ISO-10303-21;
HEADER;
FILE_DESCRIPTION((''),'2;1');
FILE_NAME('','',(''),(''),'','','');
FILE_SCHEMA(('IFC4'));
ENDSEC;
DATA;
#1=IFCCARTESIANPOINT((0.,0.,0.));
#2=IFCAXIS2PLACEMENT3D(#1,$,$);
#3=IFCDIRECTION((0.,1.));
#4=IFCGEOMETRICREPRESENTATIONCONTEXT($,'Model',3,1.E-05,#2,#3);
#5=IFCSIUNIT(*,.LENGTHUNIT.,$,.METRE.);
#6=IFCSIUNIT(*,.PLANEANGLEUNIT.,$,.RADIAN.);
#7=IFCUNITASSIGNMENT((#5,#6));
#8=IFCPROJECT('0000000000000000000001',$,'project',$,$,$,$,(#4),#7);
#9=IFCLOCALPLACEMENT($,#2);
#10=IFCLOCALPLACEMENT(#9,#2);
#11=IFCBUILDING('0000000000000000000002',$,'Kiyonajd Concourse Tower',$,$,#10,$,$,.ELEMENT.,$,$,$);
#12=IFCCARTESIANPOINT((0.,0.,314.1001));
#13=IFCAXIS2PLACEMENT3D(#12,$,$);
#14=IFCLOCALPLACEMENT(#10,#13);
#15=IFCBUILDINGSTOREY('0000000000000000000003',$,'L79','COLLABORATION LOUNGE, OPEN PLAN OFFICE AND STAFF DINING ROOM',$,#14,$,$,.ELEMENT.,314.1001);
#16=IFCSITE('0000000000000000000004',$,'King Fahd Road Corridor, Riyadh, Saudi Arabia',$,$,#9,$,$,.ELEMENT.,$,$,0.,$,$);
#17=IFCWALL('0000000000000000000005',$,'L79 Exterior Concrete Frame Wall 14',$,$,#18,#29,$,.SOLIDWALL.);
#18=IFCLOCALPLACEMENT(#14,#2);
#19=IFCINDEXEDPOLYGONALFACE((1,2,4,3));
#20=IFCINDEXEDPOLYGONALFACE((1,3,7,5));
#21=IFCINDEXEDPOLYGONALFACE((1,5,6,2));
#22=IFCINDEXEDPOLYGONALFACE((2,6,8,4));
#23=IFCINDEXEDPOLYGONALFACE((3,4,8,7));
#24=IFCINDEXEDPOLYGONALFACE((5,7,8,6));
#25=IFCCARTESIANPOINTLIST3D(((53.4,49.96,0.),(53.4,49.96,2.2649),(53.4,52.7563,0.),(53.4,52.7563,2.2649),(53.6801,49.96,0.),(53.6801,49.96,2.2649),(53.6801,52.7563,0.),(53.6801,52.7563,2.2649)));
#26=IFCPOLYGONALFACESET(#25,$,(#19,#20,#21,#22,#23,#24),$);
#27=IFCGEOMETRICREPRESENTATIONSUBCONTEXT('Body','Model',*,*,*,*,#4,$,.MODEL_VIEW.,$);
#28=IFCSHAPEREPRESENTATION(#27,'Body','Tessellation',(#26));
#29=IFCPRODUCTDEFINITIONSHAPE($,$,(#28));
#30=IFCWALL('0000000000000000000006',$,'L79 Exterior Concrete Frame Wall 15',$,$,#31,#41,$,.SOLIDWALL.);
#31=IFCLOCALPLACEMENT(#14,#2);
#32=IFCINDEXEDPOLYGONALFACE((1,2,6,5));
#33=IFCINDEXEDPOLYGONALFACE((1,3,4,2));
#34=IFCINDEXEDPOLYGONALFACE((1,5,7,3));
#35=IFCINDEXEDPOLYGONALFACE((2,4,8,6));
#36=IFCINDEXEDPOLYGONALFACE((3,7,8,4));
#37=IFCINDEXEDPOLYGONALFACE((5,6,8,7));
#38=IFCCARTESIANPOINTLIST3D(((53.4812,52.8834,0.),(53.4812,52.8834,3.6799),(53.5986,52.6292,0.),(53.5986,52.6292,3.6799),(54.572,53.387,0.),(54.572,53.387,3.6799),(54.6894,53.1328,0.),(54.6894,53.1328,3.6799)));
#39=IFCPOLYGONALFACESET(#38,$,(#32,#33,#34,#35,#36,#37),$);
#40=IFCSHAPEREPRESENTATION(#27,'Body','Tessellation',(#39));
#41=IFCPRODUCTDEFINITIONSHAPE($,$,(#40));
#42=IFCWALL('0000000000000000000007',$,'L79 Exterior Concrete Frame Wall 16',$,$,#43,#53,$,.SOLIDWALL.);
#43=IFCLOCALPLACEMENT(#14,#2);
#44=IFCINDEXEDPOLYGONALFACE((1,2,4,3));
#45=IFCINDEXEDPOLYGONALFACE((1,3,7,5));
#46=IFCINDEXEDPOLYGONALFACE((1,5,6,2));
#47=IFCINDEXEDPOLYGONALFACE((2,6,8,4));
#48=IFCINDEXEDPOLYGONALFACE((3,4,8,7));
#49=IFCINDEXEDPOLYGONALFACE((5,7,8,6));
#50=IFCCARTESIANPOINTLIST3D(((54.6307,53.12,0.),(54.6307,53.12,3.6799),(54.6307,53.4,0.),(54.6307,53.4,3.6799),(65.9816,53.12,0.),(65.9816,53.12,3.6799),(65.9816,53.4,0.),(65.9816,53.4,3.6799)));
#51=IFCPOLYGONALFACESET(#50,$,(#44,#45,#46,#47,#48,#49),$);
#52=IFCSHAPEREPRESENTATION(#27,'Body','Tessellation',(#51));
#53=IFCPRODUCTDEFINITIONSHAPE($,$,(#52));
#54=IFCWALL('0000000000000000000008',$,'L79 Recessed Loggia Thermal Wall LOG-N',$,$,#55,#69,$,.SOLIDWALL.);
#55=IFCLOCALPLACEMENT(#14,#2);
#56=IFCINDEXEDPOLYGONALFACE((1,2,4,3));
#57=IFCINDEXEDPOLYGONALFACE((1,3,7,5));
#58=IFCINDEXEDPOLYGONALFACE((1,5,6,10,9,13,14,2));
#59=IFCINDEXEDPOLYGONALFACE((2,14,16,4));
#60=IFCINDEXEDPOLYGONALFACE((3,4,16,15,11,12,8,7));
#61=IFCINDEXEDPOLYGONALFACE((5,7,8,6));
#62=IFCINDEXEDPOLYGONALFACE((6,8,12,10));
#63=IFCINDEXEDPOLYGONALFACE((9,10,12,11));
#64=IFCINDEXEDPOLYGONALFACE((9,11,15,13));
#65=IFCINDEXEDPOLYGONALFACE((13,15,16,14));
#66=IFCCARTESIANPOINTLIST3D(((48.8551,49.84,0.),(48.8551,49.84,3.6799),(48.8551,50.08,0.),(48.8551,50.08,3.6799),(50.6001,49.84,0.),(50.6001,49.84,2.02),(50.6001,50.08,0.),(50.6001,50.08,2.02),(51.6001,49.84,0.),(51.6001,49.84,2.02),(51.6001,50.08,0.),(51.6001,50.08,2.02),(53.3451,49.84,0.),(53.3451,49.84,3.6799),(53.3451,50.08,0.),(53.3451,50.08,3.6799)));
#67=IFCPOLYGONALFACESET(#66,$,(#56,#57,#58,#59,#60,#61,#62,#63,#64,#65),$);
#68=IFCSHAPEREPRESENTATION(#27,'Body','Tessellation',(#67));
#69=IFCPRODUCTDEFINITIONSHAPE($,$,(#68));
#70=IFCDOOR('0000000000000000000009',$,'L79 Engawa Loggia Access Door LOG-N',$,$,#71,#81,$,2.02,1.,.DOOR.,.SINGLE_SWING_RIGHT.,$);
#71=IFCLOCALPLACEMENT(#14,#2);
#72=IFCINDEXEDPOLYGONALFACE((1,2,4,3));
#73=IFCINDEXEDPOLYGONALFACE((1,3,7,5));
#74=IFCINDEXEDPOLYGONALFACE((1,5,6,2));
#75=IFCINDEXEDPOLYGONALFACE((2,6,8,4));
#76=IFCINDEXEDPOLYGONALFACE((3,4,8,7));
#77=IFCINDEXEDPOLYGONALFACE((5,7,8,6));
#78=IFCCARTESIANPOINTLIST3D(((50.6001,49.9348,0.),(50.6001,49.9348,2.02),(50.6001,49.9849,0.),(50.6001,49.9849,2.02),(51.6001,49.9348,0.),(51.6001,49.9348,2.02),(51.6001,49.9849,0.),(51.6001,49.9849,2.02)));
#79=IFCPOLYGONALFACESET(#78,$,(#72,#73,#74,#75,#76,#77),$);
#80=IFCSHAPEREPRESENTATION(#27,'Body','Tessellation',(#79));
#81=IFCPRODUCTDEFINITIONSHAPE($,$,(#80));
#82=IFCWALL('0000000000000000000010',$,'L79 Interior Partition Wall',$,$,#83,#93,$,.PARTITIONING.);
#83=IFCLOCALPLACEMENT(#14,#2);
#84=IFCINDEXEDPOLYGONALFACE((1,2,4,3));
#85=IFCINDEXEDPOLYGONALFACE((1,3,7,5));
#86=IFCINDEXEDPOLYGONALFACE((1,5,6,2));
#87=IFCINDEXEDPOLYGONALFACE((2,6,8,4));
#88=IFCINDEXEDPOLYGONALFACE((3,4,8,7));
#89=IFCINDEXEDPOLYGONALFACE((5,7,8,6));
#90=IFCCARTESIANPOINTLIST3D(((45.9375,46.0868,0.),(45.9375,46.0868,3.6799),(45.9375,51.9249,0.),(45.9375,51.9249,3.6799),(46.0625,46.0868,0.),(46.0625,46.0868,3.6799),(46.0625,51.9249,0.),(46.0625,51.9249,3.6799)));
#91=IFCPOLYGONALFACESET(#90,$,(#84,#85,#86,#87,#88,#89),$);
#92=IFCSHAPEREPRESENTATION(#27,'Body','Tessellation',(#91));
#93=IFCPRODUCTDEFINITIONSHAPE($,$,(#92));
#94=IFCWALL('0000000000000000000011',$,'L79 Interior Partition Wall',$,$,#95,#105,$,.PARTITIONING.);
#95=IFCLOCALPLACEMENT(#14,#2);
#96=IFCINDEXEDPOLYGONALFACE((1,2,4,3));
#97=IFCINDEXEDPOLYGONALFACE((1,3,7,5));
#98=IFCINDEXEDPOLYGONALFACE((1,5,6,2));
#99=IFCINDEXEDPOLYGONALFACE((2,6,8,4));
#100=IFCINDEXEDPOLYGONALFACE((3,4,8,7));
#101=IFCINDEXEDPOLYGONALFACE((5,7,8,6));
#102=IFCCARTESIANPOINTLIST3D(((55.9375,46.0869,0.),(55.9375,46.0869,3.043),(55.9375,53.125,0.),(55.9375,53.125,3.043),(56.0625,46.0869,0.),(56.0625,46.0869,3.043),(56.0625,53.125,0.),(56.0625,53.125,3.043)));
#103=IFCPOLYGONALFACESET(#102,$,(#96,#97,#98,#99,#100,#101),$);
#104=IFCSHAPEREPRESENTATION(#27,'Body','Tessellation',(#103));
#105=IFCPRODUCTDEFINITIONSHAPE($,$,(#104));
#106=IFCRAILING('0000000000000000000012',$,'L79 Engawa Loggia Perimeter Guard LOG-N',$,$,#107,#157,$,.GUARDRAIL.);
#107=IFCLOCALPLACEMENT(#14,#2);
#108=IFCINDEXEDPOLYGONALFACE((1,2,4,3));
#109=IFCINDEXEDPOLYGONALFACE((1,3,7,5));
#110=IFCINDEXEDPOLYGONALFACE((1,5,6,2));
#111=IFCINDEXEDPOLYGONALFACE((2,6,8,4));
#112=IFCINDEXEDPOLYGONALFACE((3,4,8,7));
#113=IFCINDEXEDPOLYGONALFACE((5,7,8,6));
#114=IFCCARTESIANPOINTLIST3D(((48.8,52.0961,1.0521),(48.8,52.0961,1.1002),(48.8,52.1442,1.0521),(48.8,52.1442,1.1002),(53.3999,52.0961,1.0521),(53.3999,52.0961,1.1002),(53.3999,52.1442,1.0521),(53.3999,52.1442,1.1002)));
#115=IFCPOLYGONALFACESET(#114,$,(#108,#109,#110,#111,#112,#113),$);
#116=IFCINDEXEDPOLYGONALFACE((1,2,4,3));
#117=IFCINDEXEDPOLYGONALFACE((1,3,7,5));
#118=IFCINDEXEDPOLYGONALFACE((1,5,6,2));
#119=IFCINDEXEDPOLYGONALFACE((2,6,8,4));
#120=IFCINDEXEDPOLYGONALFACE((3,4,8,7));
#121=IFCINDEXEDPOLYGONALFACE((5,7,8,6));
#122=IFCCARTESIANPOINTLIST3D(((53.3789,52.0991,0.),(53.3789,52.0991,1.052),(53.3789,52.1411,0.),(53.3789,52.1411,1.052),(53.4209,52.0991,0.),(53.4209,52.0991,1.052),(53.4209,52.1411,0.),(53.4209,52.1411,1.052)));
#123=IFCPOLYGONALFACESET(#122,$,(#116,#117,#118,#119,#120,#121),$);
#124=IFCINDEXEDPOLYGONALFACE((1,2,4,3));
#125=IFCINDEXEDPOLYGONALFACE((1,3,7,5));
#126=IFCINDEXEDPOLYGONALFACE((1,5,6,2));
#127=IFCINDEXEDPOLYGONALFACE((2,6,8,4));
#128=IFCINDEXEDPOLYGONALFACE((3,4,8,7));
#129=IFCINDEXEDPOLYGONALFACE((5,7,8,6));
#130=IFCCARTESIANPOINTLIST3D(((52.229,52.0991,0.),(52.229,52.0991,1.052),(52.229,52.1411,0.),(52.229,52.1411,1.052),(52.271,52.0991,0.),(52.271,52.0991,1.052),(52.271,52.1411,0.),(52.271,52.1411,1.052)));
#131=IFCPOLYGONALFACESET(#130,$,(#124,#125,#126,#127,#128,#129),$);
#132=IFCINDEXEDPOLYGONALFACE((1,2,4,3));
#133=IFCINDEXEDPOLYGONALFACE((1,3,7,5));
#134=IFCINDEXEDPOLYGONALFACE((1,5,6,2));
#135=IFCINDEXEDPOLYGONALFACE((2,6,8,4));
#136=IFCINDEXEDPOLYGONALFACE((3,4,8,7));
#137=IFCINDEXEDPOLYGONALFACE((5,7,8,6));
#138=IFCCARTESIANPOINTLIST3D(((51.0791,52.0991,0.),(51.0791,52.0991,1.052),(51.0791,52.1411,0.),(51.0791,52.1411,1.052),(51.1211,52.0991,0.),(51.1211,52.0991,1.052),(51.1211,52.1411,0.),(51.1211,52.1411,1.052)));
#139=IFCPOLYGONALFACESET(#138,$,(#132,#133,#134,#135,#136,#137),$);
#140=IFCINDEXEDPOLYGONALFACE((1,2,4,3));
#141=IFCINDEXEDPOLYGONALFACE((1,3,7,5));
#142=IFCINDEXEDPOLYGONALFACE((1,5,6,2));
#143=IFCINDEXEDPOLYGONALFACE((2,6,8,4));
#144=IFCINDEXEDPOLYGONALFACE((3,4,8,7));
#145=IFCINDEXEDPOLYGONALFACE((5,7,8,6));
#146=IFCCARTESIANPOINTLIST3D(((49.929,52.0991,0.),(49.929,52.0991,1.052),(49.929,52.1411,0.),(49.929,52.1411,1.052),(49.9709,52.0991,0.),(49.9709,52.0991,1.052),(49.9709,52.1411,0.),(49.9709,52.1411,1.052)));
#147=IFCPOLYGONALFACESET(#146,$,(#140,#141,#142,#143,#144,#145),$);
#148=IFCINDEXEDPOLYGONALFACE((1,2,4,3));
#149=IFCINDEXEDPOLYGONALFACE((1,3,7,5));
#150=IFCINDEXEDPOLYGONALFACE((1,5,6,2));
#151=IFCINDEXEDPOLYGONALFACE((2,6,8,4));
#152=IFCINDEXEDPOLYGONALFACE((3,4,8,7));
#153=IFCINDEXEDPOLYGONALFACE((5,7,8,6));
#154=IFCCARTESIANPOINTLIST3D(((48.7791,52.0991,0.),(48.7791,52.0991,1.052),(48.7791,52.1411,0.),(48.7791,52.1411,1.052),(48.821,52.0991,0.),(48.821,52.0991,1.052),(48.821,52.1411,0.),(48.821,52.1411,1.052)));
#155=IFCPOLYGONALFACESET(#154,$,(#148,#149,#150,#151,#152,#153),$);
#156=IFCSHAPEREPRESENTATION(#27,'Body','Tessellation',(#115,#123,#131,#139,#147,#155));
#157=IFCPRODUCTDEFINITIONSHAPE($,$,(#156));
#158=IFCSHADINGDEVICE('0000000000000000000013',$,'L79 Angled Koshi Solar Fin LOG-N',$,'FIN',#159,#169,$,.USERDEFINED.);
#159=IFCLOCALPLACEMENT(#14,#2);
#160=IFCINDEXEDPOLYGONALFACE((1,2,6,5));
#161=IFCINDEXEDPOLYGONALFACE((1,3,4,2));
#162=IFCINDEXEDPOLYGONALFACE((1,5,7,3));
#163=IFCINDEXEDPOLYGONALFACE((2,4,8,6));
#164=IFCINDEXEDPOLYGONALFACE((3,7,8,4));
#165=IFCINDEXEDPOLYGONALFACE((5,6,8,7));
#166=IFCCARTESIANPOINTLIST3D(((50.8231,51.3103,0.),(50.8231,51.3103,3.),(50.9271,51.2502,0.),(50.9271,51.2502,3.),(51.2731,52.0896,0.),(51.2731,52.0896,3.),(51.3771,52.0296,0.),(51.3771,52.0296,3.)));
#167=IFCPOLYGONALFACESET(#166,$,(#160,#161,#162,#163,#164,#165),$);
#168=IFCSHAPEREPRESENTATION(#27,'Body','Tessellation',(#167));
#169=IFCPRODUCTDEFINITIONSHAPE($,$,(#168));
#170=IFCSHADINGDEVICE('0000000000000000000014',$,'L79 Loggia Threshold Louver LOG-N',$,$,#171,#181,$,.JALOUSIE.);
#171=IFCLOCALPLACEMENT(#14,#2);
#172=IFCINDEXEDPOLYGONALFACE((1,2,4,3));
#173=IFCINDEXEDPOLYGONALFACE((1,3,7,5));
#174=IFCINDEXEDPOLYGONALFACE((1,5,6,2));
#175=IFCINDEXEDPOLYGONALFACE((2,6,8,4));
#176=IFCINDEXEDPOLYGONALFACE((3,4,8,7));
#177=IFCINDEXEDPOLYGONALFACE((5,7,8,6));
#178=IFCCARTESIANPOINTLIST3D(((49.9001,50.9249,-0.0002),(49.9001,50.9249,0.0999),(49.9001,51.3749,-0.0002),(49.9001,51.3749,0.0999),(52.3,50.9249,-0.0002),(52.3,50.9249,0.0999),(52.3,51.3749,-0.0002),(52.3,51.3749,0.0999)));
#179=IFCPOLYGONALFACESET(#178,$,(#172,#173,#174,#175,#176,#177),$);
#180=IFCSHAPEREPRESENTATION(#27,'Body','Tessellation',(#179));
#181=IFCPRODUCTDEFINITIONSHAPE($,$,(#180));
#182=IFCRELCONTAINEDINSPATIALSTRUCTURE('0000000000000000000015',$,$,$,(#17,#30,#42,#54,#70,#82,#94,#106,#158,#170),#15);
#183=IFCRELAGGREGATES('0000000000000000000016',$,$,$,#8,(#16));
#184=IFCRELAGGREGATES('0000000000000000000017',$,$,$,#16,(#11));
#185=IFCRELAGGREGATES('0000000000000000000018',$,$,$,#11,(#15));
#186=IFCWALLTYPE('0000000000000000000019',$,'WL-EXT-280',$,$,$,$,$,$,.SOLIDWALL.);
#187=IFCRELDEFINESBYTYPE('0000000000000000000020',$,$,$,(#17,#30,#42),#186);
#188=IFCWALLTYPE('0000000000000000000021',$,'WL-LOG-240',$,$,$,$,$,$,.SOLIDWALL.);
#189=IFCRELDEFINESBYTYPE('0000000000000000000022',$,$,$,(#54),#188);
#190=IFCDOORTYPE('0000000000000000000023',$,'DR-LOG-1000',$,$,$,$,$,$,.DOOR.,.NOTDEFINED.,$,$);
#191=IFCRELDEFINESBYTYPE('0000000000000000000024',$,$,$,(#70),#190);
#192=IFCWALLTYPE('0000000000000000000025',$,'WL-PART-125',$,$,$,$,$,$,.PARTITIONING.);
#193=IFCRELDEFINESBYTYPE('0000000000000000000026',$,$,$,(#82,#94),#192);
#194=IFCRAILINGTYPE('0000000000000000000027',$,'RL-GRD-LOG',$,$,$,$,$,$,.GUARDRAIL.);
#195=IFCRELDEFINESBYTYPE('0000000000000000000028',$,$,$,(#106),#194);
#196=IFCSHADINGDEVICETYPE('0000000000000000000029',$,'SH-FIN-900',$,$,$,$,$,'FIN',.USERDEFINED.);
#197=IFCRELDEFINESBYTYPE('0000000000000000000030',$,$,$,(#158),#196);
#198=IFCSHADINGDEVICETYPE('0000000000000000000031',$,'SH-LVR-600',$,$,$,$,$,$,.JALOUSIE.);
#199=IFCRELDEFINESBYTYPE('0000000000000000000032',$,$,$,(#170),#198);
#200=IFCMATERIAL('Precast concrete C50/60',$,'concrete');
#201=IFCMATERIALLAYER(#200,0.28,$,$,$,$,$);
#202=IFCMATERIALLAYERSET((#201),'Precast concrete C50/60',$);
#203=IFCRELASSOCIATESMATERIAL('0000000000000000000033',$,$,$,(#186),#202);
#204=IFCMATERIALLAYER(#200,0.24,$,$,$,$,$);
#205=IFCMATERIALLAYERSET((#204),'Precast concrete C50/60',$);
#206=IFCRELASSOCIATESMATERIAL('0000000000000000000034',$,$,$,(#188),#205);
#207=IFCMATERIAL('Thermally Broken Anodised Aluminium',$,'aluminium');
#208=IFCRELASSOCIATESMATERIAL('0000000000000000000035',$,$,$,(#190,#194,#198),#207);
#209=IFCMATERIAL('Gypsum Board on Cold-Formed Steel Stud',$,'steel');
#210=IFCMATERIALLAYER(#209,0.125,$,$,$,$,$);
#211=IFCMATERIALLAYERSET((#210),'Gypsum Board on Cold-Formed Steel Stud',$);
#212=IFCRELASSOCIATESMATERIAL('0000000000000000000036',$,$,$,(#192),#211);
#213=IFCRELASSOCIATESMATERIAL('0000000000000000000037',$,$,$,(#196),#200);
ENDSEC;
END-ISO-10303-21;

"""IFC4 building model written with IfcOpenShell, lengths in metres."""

from ifc_helpers import new_model, si_unit, direction, frame, frame_2d, origin, origin_2d, place, context, subcontext, project, spatial, rectangle, extrude, material, layer, layer_set, type_object, element, fill, save


model = new_model("IFC4")

# Units and contexts
model_context = context("Model", 3, precision=1e-05, world=origin(), true_north=direction((0.0, 1.0)))
body_context = subcontext(model_context, "Body", "Model", "MODEL_VIEW")
ifc_project = project(units=[si_unit("LENGTHUNIT", "METRE"), si_unit("PLANEANGLEUNIT", "RADIAN")], contexts=[model_context])

# Site, building, storey
site_placement = place(None, origin())
site = spatial("IfcSite", under=ifc_project, at=site_placement, Name="King Fahd Road Corridor, Riyadh, Saudi Arabia", CompositionType="ELEMENT", RefElevation=0.0)
building_placement = place(site_placement, origin())
building = spatial("IfcBuilding", under=site, at=building_placement, Name="Kiyonajd Concourse Tower", CompositionType="ELEMENT")
storey_placement = place(building_placement, frame((0.0, 0.0, 314.1001)))
storey = spatial("IfcBuildingStorey", under=building, at=storey_placement, Name="L79", Description="COLLABORATION LOUNGE, OPEN PLAN OFFICE AND STAFF DINING ROOM", CompositionType="ELEMENT", Elevation=314.1001)

# Shared definitions
ifc_material_1 = material(Name="Thermally Broken Anodised Aluminium", Category="aluminium")

# Walls
ifc_material_2 = material(Name="Precast concrete C50/60", Category="concrete")
ifc_layer_1 = layer(ifc_material_2, 0.28)
ifc_layer_set_1 = layer_set([ifc_layer_1], Name="Precast concrete C50/60")
wall_type_1 = type_object("IfcWallType", Name="WL-EXT-280", PredefinedType="SOLIDWALL", material=ifc_layer_set_1)
wall_1_placement = place(storey_placement, frame((53.54, 49.96, 0.0), z_axis=(0.0, 0.0, 1.0), x_axis=(0.0, 1.0, 0.0)))
element("IfcWall", 1, at=wall_1_placement, inside=storey, type_object=wall_type_1, Name="L79 Exterior Concrete Frame Wall 14", PredefinedType="SOLIDWALL", context=body_context, shape_type="SweptSolid", body=[
    extrude(rectangle(XDim=2.7964, YDim=0.28, at=frame_2d((1.3982, 0.0))), origin(), (0.0, 0.0, 1.0), 2.2649),
])
wall_2_placement = place(storey_placement, frame((53.54, 52.7563, 0.0), z_axis=(0.0, 0.0, 1.0), x_axis=(0.907894, 0.4192, 0.0)))
element("IfcWall", 2, at=wall_2_placement, inside=storey, type_object=wall_type_1, Name="L79 Exterior Concrete Frame Wall 15", PredefinedType="SOLIDWALL", context=body_context, shape_type="SweptSolid", body=[
    extrude(rectangle(XDim=1.2014, YDim=0.28, at=frame_2d((0.6006, 0.0))), origin(), (0.0, 0.0, 1.0), 3.6799),
])
wall_3_placement = place(storey_placement, frame((54.6309, 53.26, 0.0), z_axis=(0.0, 0.0, 1.0), x_axis=(1.0, 0.0, 0.0)))
element("IfcWall", 3, at=wall_3_placement, inside=storey, type_object=wall_type_1, Name="L79 Exterior Concrete Frame Wall 16", PredefinedType="SOLIDWALL", context=body_context, shape_type="SweptSolid", body=[
    extrude(rectangle(XDim=11.3508, YDim=0.28, at=frame_2d((5.6753, 0.0))), origin(), (0.0, 0.0, 1.0), 3.6799),
])

# Wall, opening, door
ifc_layer_2 = layer(ifc_material_2, 0.24)
ifc_layer_set_2 = layer_set([ifc_layer_2], Name="Precast concrete C50/60")
wall_type_2 = type_object("IfcWallType", Name="WL-LOG-240", PredefinedType="SOLIDWALL", material=ifc_layer_set_2)
wall_4_placement = place(storey_placement, frame((48.855, 49.96, 0.0), z_axis=(0.0, 0.0, 1.0), x_axis=(1.0, 0.0, 0.0)))
wall_4 = element("IfcWall", 4, at=wall_4_placement, inside=storey, type_object=wall_type_2, Name="L79 Recessed Loggia Thermal Wall LOG-N", PredefinedType="SOLIDWALL", context=body_context, shape_type="SweptSolid", body=[
    extrude(rectangle(XDim=4.49, YDim=0.24, at=frame_2d((2.2451, 0.0))), origin(), (0.0, 0.0, 1.0), 3.6799),
])
opening_placement = place(wall_4_placement, frame((1.7451, 0.0, 0.0)))
opening = element("IfcOpeningElement", 5, at=opening_placement, cuts=wall_4, PredefinedType="OPENING", context=body_context, shape_type="SweptSolid", body=[
    extrude(rectangle(XDim=1.0, YDim=2.02, at=frame_2d((0.5, 1.01))), frame((0.0, 0.1299, 0.0), z_axis=(0.0, -1.0, 0.0), x_axis=(1.0, 0.0, 0.0)), (0.0, 0.0, 1.0), 0.26),
])
door_type = type_object("IfcDoorType", Name="DR-LOG-1000", OperationType="NOTDEFINED", PredefinedType="DOOR", material=ifc_material_1)
door_placement = place(opening_placement, origin())
door = element("IfcDoor", 6, at=door_placement, inside=storey, type_object=door_type, Name="L79 Engawa Loggia Access Door LOG-N", OperationType="SINGLE_SWING_RIGHT", OverallHeight=2.02, OverallWidth=1.0, PredefinedType="DOOR", context=body_context, shape_type="SweptSolid", body=[
    extrude(rectangle(XDim=1.0, YDim=2.02, at=frame_2d((0.5, 1.01))), frame((0.0, 0.0249, 0.0), z_axis=(0.0, -1.0, 0.0), x_axis=(1.0, 0.0, 0.0)), (0.0, 0.0, 1.0), 0.05),
])
fill(opening, door)

# Walls
ifc_material_3 = material(Name="Gypsum Board on Cold-Formed Steel Stud", Category="steel")
ifc_layer_3 = layer(ifc_material_3, 0.125)
ifc_layer_set_3 = layer_set([ifc_layer_3], Name="Gypsum Board on Cold-Formed Steel Stud")
wall_type_3 = type_object("IfcWallType", Name="WL-PART-125", PredefinedType="PARTITIONING", material=ifc_layer_set_3)
wall_5_placement = place(storey_placement, frame((46.0, 46.0869, 0.0), z_axis=(0.0, 0.0, 1.0), x_axis=(0.0, 1.0, 0.0)))
element("IfcWall", 7, at=wall_5_placement, inside=storey, type_object=wall_type_3, Name="L79 Interior Partition Wall", PredefinedType="PARTITIONING", context=body_context, shape_type="SweptSolid", body=[
    extrude(rectangle(XDim=5.8381, YDim=0.125, at=frame_2d((2.9189, 0.0))), origin(), (0.0, 0.0, 1.0), 3.6799),
])
wall_6_placement = place(storey_placement, frame((56.0, 46.0869, 0.0), z_axis=(0.0, 0.0, 1.0), x_axis=(0.0, 1.0, 0.0)))
element("IfcWall", 8, at=wall_6_placement, inside=storey, type_object=wall_type_3, Name="L79 Interior Partition Wall", PredefinedType="PARTITIONING", context=body_context, shape_type="SweptSolid", body=[
    extrude(rectangle(XDim=7.0381, YDim=0.125, at=frame_2d((3.519, 0.0))), origin(), (0.0, 0.0, 1.0), 3.043),
])

# Railing
railing_type = type_object("IfcRailingType", Name="RL-GRD-LOG", PredefinedType="GUARDRAIL", material=ifc_material_1)
railing_placement = place(storey_placement, frame((53.3999, 52.1201, 0.0)))
element("IfcRailing", 9, at=railing_placement, inside=storey, type_object=railing_type, Name="L79 Engawa Loggia Perimeter Guard LOG-N", PredefinedType="GUARDRAIL", context=body_context, shape_type="SweptSolid", body=[
    extrude(rectangle(XDim=0.0481, YDim=0.0481, at=origin_2d()), frame((0.0, 0.0, 1.0762), z_axis=(-1.0, 0.0, 0.0), x_axis=(0.0, -1.0, 0.0)), (0.0, 0.0, 1.0), 4.5999),
    extrude(rectangle(XDim=0.042, YDim=0.042, at=origin_2d()), origin(), (0.0, 0.0, 1.0), 1.052),
    extrude(rectangle(XDim=0.042, YDim=0.042, at=origin_2d()), frame((-1.1499, 0.0, 0.0)), (0.0, 0.0, 1.0), 1.052),
    extrude(rectangle(XDim=0.042, YDim=0.042, at=origin_2d()), frame((-2.2998, 0.0, 0.0)), (0.0, 0.0, 1.0), 1.052),
    extrude(rectangle(XDim=0.042, YDim=0.042, at=origin_2d()), frame((-3.45, 0.0, 0.0)), (0.0, 0.0, 1.0), 1.052),
    extrude(rectangle(XDim=0.042, YDim=0.042, at=origin_2d()), frame((-4.5999, 0.0, 0.0)), (0.0, 0.0, 1.0), 1.052),
])

# Shading devices
shading_device_type_1 = type_object("IfcShadingDeviceType", Name="SH-FIN-900", ElementType="FIN", PredefinedType="USERDEFINED", material=ifc_material_2)
shading_device_1_placement = place(storey_placement, frame((51.1001, 51.6699, 0.0), z_axis=(0.0, 0.0, 1.0), x_axis=(0.5, 0.866025, 0.0)))
element("IfcShadingDevice", 10, at=shading_device_1_placement, inside=storey, type_object=shading_device_type_1, Name="L79 Angled Koshi Solar Fin LOG-N", ObjectType="FIN", PredefinedType="USERDEFINED", context=body_context, shape_type="SweptSolid", body=[
    extrude(rectangle(XDim=0.8999, YDim=0.1201, at=origin_2d()), origin(), (0.0, 0.0, 1.0), 3.0),
])
shading_device_type_2 = type_object("IfcShadingDeviceType", Name="SH-LVR-600", PredefinedType="JALOUSIE", material=ifc_material_1)
shading_device_2_placement = place(storey_placement, frame((51.1001, 51.1499, -0.0002), z_axis=(0.0, 0.0, 1.0), x_axis=(1.0, 0.0, 0.0)))
element("IfcShadingDevice", 11, at=shading_device_2_placement, inside=storey, type_object=shading_device_type_2, Name="L79 Loggia Threshold Louver LOG-N", PredefinedType="JALOUSIE", context=body_context, shape_type="SweptSolid", body=[
    extrude(rectangle(XDim=2.3999, YDim=0.45, at=origin_2d()), origin(), (0.0, 0.0, 1.0), 0.1001),
])

save(model, "model.ifc")
